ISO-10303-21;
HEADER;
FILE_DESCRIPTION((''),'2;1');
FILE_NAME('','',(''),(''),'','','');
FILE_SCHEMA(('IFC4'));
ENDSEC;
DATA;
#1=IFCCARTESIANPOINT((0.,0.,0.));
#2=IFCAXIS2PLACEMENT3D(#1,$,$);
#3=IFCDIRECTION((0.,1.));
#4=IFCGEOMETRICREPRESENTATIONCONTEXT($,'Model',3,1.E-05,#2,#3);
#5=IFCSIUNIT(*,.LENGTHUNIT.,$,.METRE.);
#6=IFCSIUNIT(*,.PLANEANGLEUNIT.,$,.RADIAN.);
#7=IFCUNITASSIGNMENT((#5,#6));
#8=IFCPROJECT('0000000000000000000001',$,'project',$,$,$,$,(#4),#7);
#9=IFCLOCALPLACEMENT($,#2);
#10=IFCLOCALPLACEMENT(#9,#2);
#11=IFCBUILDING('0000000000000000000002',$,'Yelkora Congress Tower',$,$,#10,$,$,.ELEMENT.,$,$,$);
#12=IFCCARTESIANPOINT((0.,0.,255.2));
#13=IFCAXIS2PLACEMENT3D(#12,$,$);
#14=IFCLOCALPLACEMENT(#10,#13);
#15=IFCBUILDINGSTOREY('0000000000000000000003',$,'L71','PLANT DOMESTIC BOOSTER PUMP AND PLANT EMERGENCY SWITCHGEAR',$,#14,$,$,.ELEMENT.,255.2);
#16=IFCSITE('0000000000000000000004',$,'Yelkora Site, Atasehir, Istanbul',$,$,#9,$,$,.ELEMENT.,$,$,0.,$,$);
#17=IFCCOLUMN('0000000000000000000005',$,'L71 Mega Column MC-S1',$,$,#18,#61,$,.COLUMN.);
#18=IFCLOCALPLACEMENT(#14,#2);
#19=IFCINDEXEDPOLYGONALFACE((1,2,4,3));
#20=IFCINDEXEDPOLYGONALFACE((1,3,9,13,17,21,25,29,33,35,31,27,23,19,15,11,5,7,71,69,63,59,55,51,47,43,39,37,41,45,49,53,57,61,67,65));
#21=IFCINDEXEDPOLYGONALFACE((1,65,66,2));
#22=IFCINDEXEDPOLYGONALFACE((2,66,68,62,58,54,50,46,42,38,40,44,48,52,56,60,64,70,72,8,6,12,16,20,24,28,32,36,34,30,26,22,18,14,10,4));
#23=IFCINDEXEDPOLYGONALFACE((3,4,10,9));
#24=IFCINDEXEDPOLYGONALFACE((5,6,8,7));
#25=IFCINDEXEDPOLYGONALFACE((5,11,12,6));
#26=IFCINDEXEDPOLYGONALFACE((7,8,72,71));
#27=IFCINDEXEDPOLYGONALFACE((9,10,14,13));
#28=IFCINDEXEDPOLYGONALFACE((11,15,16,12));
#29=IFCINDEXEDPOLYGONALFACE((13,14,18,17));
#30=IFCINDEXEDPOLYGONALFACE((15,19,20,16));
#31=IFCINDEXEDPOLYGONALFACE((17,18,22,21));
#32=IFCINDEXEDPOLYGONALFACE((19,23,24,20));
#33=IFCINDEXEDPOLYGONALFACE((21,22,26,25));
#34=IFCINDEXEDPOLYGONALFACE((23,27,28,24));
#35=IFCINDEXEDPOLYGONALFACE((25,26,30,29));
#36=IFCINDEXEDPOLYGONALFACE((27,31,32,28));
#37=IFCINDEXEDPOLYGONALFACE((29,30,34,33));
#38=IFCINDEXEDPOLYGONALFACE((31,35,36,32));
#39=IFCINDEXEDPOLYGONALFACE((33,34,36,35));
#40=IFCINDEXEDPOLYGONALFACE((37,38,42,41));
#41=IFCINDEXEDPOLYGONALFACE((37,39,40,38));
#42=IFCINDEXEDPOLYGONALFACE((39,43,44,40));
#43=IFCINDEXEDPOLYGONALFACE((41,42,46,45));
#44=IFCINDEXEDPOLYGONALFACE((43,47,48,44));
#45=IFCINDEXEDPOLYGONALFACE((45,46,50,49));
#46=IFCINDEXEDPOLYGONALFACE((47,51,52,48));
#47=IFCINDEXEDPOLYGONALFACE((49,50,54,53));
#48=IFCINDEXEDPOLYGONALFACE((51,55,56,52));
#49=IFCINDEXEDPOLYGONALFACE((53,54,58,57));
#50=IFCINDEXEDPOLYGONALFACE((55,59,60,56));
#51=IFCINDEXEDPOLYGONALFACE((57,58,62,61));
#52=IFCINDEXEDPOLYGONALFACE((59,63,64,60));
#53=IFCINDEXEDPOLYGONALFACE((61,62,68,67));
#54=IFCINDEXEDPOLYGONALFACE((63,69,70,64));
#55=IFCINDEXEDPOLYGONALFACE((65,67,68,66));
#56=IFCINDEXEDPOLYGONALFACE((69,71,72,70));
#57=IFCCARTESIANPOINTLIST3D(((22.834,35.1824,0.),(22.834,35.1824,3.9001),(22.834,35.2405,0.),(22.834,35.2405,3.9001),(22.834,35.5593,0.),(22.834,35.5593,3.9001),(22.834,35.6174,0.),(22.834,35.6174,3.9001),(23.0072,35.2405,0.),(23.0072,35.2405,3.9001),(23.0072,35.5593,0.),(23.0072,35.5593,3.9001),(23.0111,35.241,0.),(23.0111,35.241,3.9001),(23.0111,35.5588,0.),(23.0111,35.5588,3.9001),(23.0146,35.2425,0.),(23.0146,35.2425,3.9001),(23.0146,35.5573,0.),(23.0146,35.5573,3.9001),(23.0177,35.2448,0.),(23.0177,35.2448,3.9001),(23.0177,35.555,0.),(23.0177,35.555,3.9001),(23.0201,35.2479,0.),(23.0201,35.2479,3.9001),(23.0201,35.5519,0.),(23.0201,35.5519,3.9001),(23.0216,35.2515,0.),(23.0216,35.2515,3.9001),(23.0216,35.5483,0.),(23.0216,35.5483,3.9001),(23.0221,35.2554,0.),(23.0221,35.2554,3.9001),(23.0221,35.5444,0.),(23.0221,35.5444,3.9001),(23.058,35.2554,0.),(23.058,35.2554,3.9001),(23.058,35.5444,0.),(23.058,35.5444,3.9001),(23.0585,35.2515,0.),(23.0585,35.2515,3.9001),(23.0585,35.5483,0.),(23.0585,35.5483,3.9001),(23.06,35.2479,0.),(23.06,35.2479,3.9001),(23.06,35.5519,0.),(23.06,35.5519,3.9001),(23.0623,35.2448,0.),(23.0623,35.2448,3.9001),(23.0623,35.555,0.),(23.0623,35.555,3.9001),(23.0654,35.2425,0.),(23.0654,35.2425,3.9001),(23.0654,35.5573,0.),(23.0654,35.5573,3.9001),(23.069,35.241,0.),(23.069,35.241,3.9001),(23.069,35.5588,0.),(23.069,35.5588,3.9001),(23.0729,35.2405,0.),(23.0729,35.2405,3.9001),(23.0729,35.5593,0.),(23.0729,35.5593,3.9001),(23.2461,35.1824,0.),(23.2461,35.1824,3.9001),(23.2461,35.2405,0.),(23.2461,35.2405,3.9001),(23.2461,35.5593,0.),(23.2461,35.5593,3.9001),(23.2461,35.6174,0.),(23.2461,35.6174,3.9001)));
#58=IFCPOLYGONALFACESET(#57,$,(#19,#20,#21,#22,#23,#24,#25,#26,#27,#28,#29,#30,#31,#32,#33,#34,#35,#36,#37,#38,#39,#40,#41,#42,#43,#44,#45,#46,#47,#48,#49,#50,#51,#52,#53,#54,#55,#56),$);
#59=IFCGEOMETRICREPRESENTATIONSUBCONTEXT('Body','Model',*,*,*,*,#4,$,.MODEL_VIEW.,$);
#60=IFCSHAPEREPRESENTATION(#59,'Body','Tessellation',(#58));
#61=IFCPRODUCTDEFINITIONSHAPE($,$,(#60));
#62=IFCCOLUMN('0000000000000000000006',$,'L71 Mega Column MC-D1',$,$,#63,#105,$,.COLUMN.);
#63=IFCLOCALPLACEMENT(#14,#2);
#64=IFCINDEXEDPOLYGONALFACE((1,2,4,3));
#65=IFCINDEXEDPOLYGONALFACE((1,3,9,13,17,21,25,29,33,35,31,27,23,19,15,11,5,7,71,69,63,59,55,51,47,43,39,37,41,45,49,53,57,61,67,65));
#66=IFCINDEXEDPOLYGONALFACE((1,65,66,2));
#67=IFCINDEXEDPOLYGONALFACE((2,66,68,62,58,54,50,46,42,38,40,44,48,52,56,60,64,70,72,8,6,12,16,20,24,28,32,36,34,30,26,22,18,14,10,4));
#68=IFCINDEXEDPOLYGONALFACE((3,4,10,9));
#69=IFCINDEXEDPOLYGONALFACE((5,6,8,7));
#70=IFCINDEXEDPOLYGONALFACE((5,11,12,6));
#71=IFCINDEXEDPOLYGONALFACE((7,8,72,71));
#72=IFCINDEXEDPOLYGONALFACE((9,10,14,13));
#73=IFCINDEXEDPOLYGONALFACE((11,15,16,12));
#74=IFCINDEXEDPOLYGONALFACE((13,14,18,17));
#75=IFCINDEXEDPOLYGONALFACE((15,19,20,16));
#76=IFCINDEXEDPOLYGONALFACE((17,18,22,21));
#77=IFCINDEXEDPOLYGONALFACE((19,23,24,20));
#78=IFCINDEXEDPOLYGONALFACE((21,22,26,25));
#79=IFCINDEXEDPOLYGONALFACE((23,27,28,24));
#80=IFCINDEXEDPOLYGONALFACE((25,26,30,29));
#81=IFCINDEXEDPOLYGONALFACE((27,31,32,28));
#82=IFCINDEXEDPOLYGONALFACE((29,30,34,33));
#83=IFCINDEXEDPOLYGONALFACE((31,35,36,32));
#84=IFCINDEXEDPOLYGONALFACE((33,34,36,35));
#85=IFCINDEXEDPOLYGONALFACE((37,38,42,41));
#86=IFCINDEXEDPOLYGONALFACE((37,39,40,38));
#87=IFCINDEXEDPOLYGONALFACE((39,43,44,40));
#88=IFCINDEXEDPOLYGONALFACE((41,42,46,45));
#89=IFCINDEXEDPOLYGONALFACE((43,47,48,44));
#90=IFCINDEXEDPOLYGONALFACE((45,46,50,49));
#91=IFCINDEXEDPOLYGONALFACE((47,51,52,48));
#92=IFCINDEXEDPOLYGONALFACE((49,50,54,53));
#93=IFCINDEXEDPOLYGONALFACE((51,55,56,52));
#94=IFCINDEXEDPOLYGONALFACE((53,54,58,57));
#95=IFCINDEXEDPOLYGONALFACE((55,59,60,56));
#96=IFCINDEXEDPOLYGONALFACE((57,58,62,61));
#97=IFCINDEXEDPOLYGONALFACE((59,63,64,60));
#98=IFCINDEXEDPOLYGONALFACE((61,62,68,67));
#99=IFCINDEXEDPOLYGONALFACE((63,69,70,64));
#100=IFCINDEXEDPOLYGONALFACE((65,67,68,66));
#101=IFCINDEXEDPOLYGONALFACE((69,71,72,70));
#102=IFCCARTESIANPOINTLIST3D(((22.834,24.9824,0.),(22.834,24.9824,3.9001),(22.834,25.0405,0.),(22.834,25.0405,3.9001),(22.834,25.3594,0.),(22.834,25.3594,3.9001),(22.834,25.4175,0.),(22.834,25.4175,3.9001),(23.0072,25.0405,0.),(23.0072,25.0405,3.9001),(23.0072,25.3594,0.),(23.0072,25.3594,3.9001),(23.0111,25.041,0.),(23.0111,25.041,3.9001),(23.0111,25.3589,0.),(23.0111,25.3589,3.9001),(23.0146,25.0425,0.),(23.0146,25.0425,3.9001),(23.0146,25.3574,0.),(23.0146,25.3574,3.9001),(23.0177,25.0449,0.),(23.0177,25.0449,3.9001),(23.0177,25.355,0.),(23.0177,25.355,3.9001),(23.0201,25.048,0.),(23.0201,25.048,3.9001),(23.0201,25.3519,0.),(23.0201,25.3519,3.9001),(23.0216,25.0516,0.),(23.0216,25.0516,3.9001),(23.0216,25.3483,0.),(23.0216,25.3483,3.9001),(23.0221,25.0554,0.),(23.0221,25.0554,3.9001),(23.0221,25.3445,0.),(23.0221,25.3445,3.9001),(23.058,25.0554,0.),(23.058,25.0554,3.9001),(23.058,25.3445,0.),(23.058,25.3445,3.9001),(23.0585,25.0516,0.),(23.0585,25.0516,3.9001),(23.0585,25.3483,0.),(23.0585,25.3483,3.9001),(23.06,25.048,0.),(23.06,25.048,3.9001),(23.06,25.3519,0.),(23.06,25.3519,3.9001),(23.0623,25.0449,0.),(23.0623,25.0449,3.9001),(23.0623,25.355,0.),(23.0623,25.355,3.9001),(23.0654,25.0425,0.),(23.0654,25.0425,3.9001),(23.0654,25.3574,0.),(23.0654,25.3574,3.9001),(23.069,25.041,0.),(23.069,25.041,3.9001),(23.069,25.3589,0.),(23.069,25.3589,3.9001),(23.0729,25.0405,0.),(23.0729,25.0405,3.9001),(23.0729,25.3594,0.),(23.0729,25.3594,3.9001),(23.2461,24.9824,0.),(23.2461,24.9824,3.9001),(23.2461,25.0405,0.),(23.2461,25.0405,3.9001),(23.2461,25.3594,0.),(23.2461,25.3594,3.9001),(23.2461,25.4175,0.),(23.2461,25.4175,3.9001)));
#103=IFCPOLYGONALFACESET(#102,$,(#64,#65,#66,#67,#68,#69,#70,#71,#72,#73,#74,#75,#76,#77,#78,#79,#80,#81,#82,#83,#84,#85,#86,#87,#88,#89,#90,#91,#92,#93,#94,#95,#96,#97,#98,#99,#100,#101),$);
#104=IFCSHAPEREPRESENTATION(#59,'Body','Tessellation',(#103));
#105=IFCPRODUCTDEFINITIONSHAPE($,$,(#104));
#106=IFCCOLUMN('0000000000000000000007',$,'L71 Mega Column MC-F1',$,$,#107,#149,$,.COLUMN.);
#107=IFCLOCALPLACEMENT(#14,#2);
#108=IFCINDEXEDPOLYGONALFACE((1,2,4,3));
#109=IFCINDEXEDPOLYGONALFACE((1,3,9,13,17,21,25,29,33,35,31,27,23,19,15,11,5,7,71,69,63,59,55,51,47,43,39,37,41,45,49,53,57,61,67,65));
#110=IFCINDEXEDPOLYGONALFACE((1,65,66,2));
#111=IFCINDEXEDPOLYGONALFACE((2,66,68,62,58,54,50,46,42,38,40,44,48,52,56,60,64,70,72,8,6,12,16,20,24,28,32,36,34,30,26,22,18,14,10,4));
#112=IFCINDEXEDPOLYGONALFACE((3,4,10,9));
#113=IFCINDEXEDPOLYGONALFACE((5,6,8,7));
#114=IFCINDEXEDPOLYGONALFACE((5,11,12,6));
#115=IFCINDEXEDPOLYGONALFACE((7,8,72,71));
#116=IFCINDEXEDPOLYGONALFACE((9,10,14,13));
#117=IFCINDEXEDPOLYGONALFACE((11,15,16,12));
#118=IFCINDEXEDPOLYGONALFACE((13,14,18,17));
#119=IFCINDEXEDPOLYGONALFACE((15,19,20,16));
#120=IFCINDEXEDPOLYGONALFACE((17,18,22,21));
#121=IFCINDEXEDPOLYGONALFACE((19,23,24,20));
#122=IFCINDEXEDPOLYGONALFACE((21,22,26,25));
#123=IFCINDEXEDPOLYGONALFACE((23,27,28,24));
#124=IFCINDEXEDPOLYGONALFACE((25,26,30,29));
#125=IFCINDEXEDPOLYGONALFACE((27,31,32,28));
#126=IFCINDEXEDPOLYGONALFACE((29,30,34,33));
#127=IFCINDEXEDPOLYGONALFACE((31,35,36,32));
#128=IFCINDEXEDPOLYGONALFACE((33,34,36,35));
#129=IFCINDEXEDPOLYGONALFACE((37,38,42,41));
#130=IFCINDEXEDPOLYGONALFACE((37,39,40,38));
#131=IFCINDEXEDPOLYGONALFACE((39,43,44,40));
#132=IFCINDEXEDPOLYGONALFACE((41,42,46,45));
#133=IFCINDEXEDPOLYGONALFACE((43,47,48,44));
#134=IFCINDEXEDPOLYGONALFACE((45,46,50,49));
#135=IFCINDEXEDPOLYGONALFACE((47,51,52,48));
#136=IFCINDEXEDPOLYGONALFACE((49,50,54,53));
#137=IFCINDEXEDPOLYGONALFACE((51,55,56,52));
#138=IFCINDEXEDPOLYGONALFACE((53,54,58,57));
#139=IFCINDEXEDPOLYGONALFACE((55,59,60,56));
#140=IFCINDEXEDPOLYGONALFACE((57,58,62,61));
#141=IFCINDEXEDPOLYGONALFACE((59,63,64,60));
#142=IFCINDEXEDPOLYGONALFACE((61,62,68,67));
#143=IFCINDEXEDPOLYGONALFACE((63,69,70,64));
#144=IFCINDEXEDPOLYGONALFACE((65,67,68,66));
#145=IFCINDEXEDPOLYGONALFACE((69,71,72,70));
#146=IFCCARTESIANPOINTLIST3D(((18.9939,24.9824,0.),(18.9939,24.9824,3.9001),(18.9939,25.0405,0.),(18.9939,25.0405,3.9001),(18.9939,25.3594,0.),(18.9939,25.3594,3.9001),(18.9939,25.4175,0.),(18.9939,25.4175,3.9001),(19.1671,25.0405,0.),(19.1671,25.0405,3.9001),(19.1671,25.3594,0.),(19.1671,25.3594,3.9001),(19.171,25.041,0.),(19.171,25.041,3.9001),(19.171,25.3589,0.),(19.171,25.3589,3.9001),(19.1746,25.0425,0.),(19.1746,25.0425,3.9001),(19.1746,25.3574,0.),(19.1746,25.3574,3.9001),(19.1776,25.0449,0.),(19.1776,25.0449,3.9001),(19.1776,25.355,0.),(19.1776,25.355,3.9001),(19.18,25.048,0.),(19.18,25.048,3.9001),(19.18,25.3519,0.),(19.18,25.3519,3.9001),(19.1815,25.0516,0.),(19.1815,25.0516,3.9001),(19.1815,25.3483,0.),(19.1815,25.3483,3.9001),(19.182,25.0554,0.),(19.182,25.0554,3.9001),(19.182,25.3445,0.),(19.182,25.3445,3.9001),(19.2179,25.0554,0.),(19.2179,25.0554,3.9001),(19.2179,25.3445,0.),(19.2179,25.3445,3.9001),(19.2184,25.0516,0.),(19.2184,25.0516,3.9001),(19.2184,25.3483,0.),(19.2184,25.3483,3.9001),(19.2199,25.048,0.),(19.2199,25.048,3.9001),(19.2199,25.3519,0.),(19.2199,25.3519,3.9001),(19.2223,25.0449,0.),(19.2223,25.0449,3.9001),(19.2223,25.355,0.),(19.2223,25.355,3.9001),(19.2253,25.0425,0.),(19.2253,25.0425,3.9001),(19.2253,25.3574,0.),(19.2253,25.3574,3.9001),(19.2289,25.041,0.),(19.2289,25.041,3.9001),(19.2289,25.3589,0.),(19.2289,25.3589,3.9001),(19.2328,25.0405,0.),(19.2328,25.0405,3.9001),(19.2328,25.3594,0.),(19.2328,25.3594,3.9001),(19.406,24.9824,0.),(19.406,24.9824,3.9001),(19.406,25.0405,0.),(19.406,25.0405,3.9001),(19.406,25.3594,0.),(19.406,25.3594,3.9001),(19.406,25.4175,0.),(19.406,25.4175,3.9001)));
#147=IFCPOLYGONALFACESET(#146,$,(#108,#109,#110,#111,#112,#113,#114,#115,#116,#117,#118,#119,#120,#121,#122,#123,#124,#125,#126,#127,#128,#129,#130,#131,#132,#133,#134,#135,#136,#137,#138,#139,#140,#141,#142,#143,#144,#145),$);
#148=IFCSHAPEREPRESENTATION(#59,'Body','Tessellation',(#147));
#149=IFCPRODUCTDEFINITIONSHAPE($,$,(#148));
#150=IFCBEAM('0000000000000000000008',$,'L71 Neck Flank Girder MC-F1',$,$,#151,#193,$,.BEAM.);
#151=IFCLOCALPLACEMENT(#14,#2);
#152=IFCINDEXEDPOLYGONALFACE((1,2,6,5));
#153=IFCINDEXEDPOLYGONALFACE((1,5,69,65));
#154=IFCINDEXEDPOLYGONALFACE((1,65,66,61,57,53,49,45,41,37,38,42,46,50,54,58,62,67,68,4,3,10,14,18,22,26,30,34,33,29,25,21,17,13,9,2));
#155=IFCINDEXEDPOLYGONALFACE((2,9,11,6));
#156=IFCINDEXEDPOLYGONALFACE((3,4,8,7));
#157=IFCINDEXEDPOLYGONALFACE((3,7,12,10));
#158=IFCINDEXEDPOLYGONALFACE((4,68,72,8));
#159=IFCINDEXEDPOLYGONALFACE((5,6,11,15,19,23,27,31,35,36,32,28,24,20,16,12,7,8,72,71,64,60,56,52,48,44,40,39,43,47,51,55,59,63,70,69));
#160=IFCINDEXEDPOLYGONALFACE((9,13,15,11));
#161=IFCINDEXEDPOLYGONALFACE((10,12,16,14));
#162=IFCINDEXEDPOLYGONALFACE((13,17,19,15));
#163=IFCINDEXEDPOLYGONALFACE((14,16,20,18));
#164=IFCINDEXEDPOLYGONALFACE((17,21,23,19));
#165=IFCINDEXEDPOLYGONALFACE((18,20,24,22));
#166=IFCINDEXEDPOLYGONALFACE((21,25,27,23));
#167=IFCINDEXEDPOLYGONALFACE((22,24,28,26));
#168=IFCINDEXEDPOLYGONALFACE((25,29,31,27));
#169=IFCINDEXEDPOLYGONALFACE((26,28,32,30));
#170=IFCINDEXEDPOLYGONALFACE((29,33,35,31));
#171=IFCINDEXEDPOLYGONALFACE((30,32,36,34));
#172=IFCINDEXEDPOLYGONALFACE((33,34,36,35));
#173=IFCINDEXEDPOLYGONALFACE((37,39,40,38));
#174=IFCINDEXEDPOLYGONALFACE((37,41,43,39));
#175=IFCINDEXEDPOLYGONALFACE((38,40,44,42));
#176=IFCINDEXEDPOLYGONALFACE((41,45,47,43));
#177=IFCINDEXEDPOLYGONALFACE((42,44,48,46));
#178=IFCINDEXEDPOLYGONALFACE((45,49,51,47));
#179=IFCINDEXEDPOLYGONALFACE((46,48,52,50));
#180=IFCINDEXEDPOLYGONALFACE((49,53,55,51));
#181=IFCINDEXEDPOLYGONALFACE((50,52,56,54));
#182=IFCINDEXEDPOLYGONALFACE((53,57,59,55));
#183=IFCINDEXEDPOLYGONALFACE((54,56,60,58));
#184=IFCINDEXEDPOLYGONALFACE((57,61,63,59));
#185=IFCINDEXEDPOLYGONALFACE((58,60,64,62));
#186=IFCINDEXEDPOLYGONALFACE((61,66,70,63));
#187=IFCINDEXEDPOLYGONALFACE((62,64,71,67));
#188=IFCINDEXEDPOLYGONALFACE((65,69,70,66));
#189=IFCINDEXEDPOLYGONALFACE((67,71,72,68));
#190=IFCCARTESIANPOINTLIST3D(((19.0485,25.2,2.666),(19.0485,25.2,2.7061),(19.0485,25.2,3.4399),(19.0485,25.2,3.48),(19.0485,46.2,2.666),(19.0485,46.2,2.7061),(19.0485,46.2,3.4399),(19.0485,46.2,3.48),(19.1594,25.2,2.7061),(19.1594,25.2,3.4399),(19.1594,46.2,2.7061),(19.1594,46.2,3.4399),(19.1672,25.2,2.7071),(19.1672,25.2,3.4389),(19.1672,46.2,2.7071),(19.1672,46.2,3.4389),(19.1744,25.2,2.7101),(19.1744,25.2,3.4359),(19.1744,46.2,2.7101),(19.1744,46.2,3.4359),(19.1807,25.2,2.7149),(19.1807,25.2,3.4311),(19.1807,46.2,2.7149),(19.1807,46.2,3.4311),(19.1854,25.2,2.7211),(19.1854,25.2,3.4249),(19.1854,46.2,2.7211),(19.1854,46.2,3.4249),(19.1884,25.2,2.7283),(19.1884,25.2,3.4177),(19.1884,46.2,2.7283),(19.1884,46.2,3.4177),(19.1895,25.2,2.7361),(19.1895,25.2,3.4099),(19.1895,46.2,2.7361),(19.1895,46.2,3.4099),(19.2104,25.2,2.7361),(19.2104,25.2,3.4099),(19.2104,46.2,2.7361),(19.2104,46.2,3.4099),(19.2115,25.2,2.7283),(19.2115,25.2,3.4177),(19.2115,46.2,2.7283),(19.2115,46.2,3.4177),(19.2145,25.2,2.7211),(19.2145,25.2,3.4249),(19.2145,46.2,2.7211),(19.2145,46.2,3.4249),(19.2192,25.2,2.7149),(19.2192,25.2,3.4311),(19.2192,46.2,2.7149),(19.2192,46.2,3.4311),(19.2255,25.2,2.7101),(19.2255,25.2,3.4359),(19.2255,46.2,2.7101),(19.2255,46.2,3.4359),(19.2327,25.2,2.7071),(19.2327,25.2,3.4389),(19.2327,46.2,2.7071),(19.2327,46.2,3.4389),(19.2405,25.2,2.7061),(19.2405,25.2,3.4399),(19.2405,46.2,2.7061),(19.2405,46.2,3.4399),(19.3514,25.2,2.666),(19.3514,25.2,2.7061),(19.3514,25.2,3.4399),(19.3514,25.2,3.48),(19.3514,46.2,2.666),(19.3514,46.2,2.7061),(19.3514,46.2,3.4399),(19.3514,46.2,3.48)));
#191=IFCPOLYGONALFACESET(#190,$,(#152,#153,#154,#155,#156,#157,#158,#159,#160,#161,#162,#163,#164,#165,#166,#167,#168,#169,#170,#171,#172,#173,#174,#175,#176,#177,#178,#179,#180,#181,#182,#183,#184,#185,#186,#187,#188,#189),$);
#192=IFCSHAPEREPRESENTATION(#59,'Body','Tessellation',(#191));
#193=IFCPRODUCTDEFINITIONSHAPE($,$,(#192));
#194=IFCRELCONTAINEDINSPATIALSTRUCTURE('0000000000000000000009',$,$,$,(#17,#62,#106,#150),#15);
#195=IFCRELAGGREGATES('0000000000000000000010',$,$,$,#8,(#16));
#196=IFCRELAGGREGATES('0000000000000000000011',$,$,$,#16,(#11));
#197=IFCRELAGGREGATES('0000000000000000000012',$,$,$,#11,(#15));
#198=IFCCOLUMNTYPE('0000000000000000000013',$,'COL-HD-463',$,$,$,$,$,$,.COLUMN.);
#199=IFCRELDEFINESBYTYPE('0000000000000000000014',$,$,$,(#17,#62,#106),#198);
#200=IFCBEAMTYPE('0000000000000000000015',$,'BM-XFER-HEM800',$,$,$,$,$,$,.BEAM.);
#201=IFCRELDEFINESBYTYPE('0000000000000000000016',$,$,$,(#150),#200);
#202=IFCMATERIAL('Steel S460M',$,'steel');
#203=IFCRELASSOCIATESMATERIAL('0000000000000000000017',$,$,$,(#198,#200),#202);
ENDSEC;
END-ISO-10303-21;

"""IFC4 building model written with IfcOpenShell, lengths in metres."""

from ifc_helpers import new_model, si_unit, direction, frame, origin, origin_2d, place, context, subcontext, project, spatial, i_section, extrude, material, material_profile, profile_set, type_object, element, save


model = new_model("IFC4")

# Units and contexts
model_context = context("Model", 3, precision=1e-05, world=origin(), true_north=direction((0.0, 1.0)))
body_context = subcontext(model_context, "Body", "Model", "MODEL_VIEW")
ifc_project = project(units=[si_unit("LENGTHUNIT", "METRE"), si_unit("PLANEANGLEUNIT", "RADIAN")], contexts=[model_context])

# Site, building, storey
site_placement = place(None, origin())
site = spatial("IfcSite", under=ifc_project, at=site_placement, Name="Yelkora Site, Atasehir, Istanbul", CompositionType="ELEMENT", RefElevation=0.0)
building_placement = place(site_placement, origin())
building = spatial("IfcBuilding", under=site, at=building_placement, Name="Yelkora Congress Tower", CompositionType="ELEMENT")
storey_placement = place(building_placement, frame((0.0, 0.0, 255.2)))
storey = spatial("IfcBuildingStorey", under=building, at=storey_placement, Name="L71", Description="PLANT DOMESTIC BOOSTER PUMP AND PLANT EMERGENCY SWITCHGEAR", CompositionType="ELEMENT", Elevation=255.2)

# Columns
ifc_material_1 = material(Name="Steel S460M", Category="steel")
ifc_material_profile_1 = material_profile(ifc_material_1, i_section(OverallWidth=0.4121, OverallDepth=0.4351, WebThickness=0.0359, FlangeThickness=0.0581, FilletRadius=0.0149, at=origin_2d()), Name="HD 400x463")
ifc_profile_set_1 = profile_set([ifc_material_profile_1], Name="Steel S460M")
column_type = type_object("IfcColumnType", Name="COL-HD-463", PredefinedType="COLUMN", material=ifc_profile_set_1)
for number, where, z_axis, x_axis, name in (
    (1, (23.04, 35.3999, 0.0), (0.0, 0.0, 1.0), (1.0, 0.0, 0.0), "L71 Mega Column MC-S1"),
    (2, (23.04, 25.2, 0.0), (0.0, 0.0, 1.0), (1.0, 0.0, 0.0), "L71 Mega Column MC-D1"),
    (3, (19.2, 25.2, 0.0), (0.0, 0.0, 1.0), (1.0, 0.0, 0.0), "L71 Mega Column MC-F1"),
):
    element("IfcColumn", number, at=place(storey_placement, frame(where, z_axis=z_axis, x_axis=x_axis)), inside=storey, type_object=column_type, Name=name, PredefinedType="COLUMN", context=body_context, shape_type="SweptSolid", body=[
        extrude(i_section(OverallWidth=0.4121, OverallDepth=0.4351, WebThickness=0.0359, FlangeThickness=0.0581, FilletRadius=0.0149, at=origin_2d()), origin(), (0.0, 0.0, 1.0), 3.9001),
    ])

# Beam
ifc_material_profile_2 = material_profile(ifc_material_1, i_section(OverallWidth=0.303, OverallDepth=0.814, WebThickness=0.021, FlangeThickness=0.04, FilletRadius=0.03, at=origin_2d()), Name="HEM 800")
ifc_profile_set_2 = profile_set([ifc_material_profile_2], Name="Steel S460M")
beam_type = type_object("IfcBeamType", Name="BM-XFER-HEM800", PredefinedType="BEAM", material=ifc_profile_set_2)
beam_placement = place(storey_placement, frame((19.2, 25.2, 3.073), z_axis=(0.0, 1.0, 0.0), x_axis=(-1.0, 0.0, 0.0)))
element("IfcBeam", 4, at=beam_placement, inside=storey, type_object=beam_type, Name="L71 Neck Flank Girder MC-F1", PredefinedType="BEAM", context=body_context, shape_type="SweptSolid", body=[
    extrude(i_section(OverallWidth=0.303, OverallDepth=0.814, WebThickness=0.021, FlangeThickness=0.04, FilletRadius=0.03, at=origin_2d()), origin(), (0.0, 0.0, 1.0), 21.0),
])

save(model, "model.ifc")
